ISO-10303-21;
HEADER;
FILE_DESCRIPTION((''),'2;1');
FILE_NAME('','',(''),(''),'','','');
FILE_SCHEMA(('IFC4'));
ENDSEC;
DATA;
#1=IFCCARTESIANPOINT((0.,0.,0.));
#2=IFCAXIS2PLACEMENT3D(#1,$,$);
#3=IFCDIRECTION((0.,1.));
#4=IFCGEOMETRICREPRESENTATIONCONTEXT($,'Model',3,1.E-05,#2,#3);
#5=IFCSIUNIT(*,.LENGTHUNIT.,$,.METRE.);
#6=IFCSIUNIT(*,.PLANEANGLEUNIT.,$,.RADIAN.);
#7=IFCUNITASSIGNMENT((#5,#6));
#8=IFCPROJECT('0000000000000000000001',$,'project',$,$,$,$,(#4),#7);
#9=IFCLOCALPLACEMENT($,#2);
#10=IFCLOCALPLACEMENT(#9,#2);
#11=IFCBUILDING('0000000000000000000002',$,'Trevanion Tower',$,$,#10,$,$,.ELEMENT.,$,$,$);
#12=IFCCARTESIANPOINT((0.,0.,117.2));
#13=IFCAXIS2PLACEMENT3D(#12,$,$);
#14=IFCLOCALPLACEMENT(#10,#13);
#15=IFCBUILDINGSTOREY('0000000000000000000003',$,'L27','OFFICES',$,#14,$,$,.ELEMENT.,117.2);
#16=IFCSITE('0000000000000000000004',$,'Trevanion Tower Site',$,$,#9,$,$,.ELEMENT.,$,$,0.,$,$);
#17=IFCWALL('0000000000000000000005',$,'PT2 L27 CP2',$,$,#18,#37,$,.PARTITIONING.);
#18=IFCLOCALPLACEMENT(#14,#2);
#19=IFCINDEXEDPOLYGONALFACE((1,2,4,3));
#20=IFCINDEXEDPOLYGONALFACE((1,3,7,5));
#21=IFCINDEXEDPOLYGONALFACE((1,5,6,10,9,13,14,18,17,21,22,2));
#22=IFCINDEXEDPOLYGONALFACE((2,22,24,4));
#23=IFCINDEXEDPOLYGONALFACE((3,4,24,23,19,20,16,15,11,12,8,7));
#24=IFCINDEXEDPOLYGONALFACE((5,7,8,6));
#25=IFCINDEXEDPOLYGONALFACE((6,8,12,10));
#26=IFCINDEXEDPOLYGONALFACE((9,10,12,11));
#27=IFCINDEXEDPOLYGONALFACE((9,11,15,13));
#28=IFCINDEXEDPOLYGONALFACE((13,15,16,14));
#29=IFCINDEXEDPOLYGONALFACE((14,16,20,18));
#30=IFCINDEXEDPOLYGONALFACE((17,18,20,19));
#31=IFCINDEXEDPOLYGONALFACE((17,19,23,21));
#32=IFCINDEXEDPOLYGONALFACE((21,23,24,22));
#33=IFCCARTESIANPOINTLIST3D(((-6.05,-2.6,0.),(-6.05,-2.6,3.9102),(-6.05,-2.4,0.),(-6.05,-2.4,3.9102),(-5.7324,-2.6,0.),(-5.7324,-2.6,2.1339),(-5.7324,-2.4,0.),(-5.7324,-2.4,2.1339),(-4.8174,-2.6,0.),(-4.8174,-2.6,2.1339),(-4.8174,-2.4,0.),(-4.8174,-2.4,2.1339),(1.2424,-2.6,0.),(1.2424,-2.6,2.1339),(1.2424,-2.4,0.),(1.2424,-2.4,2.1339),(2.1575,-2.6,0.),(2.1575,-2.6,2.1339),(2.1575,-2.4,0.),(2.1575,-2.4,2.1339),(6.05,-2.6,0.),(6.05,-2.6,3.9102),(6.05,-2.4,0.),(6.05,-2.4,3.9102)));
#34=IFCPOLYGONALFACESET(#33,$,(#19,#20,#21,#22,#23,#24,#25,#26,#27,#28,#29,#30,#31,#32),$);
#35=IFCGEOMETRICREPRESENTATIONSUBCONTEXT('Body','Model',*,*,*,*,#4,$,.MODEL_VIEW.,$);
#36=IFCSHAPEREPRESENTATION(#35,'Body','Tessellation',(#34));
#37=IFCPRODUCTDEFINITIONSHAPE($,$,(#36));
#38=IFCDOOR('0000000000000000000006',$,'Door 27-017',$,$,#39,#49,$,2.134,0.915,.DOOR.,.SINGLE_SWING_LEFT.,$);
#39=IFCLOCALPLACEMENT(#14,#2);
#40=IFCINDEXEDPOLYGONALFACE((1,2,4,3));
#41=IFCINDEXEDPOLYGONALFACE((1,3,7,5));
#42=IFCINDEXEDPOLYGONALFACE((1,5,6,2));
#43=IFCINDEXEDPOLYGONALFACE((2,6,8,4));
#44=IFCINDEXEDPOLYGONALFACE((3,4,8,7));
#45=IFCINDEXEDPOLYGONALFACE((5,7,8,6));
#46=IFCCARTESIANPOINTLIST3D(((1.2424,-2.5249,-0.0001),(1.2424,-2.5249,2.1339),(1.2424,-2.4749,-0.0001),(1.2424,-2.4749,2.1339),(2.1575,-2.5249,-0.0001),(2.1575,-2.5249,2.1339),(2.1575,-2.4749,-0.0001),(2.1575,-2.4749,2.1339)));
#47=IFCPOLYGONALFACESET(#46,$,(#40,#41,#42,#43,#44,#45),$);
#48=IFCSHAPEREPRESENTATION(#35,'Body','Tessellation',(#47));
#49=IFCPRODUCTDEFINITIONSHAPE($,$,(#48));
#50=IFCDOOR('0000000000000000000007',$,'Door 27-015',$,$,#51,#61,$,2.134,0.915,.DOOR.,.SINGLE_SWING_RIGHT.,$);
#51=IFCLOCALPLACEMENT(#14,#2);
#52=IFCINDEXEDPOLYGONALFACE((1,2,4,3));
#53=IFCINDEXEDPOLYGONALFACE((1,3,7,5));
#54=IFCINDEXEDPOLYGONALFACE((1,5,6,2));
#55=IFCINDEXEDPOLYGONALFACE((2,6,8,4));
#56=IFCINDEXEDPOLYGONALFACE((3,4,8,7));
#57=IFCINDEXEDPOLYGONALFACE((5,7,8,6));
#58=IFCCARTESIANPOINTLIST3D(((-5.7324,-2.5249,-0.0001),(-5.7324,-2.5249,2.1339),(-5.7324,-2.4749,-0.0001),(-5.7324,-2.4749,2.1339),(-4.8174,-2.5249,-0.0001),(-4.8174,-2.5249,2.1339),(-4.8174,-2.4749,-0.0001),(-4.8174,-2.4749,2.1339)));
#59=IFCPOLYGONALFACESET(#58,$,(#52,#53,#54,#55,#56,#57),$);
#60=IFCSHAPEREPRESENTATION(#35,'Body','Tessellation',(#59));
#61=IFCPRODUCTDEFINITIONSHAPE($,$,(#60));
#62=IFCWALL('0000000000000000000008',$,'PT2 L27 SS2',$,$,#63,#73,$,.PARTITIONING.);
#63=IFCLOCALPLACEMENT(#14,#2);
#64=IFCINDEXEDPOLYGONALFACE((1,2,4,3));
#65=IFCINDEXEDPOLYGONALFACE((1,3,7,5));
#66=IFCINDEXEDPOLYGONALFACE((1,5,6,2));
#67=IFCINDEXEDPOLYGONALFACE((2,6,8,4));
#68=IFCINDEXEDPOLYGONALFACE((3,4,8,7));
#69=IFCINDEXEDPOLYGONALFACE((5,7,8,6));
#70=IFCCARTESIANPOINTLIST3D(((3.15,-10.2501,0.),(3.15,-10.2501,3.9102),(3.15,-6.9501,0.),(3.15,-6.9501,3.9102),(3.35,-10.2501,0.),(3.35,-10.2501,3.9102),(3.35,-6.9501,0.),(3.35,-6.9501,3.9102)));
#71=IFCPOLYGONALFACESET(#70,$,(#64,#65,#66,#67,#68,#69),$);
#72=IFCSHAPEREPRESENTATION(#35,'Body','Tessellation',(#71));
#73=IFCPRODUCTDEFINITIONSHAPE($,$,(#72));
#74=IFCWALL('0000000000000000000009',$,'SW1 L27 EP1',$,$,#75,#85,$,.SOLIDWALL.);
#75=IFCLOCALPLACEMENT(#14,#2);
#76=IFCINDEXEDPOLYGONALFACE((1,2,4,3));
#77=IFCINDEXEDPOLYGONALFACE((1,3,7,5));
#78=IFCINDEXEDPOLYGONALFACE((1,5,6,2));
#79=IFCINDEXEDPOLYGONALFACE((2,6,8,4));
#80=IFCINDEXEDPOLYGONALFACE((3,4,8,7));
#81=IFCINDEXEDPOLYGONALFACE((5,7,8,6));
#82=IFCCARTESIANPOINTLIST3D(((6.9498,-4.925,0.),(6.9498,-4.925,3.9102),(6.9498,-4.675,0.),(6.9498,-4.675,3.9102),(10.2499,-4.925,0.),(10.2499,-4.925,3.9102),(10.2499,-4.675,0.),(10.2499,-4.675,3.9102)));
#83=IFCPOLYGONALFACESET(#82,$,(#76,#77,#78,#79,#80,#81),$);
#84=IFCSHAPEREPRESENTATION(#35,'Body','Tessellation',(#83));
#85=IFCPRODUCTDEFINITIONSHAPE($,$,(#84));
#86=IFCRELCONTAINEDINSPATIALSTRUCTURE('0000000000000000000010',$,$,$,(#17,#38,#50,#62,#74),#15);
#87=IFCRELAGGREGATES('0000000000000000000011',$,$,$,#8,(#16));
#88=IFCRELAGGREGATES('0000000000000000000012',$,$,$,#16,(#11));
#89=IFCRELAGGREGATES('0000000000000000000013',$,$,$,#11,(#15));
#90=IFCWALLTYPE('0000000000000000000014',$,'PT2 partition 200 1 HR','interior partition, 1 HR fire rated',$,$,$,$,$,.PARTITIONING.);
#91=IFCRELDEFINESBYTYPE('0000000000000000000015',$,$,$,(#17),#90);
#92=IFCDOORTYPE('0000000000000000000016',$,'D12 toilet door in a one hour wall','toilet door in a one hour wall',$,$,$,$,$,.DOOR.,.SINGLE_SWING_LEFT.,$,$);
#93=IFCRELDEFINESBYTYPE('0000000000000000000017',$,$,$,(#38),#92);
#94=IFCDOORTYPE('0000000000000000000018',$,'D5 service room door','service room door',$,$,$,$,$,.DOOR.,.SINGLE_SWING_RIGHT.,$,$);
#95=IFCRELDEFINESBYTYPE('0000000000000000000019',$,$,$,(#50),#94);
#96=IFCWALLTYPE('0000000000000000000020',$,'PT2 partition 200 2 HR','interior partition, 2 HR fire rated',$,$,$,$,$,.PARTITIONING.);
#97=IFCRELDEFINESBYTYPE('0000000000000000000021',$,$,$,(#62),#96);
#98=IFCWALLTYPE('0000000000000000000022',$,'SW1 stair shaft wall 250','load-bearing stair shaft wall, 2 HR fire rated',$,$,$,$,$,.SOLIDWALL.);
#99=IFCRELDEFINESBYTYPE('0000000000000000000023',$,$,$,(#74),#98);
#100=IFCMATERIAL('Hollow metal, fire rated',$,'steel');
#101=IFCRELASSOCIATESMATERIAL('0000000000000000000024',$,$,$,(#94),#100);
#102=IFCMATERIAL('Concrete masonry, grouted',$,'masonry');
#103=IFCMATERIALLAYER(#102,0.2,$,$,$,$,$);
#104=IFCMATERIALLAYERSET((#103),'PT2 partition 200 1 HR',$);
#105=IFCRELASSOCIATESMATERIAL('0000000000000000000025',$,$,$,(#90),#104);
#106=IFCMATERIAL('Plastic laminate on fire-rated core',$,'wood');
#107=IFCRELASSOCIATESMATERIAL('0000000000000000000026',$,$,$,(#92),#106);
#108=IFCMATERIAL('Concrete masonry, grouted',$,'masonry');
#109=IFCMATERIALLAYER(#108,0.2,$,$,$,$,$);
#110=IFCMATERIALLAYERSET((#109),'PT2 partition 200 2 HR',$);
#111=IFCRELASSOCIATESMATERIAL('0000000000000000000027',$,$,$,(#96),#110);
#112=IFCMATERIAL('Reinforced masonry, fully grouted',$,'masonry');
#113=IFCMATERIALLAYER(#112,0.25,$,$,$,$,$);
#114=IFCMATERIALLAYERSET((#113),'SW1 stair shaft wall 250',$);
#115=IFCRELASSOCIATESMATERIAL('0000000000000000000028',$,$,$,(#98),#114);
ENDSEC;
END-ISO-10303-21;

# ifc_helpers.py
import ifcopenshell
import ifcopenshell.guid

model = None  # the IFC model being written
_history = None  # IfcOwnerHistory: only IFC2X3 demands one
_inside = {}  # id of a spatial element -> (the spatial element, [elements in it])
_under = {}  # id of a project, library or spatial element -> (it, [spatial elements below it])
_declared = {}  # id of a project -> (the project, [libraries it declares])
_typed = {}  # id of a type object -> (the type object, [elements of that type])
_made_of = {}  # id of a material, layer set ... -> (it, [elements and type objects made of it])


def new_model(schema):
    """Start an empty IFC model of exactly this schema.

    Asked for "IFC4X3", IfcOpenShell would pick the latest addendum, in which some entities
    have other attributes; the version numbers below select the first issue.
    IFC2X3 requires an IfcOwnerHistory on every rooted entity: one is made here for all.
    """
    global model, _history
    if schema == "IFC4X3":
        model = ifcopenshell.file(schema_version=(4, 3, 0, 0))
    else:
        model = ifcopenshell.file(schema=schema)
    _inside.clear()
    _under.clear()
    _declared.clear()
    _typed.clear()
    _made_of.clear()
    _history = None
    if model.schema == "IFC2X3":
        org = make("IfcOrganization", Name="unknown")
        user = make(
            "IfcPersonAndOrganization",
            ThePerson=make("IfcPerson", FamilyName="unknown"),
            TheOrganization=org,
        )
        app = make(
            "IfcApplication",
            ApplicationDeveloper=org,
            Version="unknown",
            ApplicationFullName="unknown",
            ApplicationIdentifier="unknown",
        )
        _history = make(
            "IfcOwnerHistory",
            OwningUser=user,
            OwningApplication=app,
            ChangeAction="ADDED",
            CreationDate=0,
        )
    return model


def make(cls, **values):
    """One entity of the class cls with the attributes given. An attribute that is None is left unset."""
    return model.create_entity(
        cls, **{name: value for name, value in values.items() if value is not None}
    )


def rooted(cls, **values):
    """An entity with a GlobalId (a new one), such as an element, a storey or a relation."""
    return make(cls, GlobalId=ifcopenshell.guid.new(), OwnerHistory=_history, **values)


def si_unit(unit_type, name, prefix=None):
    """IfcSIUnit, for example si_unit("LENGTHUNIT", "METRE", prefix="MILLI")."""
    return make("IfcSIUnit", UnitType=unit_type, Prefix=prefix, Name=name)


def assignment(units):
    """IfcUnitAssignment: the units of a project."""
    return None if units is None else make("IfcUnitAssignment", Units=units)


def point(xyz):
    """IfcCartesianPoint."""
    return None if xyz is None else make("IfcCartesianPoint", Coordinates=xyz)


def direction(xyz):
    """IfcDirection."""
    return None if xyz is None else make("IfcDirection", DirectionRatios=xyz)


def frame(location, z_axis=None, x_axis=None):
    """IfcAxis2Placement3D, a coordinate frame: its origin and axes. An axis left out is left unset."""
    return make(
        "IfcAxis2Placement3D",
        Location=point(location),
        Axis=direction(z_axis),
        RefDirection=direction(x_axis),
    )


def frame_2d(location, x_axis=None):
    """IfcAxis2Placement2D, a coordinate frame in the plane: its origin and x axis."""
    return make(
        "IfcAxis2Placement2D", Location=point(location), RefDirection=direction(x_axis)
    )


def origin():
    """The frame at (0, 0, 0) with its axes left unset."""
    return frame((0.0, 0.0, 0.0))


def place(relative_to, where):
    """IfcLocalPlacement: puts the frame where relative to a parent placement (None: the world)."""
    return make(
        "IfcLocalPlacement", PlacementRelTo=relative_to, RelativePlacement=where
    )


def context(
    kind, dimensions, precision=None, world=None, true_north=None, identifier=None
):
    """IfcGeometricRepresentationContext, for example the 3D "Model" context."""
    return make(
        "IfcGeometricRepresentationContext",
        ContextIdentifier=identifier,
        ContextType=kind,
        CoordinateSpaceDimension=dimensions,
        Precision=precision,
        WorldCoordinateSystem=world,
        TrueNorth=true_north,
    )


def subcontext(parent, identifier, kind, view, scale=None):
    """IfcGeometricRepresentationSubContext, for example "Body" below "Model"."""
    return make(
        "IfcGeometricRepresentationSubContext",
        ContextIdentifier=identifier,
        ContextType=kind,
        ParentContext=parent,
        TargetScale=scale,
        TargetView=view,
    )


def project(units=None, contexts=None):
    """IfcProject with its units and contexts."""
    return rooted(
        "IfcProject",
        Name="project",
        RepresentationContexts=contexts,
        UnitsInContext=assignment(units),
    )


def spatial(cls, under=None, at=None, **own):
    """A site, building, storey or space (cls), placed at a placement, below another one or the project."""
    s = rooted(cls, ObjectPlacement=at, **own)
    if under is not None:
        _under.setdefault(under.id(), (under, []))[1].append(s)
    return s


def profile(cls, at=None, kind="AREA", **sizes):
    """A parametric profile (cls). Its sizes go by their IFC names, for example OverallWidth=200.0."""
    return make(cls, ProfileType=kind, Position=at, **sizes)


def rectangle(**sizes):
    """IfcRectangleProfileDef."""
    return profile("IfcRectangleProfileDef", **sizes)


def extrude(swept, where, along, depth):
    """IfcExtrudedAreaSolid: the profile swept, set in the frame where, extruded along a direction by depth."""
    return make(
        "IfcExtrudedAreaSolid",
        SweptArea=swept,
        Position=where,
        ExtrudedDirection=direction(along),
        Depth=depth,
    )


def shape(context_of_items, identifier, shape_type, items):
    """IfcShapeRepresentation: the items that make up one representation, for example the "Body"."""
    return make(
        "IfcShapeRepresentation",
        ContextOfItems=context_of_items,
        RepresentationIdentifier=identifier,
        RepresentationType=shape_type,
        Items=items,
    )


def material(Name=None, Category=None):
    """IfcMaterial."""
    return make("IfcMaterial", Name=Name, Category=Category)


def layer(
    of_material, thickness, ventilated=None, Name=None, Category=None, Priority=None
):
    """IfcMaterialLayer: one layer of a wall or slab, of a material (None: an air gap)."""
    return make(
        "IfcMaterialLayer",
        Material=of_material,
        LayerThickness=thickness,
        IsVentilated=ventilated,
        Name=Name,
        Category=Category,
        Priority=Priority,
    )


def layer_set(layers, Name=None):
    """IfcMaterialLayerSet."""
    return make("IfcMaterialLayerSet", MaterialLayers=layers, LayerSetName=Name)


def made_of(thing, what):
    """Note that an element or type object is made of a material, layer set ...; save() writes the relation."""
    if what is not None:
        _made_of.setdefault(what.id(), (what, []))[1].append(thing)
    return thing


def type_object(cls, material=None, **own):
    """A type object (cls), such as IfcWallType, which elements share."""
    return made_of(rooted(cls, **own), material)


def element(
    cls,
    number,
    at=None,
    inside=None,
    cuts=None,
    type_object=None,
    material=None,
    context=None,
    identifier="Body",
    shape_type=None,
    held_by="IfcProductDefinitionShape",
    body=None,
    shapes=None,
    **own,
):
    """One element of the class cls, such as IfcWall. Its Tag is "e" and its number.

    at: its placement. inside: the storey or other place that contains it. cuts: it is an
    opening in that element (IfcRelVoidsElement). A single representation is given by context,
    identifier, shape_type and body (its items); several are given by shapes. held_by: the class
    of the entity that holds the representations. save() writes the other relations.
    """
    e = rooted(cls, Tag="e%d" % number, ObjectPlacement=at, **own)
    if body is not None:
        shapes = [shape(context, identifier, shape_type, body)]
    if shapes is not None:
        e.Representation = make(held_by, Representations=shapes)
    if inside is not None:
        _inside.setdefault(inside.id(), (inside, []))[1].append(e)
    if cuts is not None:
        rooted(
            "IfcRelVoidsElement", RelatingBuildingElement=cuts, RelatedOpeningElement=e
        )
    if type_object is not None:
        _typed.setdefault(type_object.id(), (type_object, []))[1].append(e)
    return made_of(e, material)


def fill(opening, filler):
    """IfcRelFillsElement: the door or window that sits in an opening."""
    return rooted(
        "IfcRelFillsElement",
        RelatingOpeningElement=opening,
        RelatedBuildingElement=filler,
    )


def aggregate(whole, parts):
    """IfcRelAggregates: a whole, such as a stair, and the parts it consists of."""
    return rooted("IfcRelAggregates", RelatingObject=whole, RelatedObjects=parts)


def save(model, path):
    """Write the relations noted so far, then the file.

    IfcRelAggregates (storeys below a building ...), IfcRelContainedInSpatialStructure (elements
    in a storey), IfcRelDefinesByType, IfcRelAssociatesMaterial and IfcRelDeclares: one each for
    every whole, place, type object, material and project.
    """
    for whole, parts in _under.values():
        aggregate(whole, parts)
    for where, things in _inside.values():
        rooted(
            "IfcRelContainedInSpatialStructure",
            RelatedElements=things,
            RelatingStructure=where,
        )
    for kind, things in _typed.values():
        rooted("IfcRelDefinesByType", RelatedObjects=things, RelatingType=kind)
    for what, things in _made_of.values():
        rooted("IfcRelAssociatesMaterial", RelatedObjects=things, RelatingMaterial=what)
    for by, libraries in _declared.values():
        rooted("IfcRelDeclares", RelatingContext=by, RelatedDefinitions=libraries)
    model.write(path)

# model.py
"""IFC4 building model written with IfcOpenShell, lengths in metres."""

from ifc_helpers import new_model, si_unit, direction, frame, frame_2d, origin, place, context, subcontext, project, spatial, rectangle, extrude, material, layer, layer_set, type_object, element, fill, save


model = new_model("IFC4")

# Units and contexts
model_context = context("Model", 3, precision=1e-05, world=origin(), true_north=direction((0.0, 1.0)))
body_context = subcontext(model_context, "Body", "Model", "MODEL_VIEW")
ifc_project = project(units=[si_unit("LENGTHUNIT", "METRE"), si_unit("PLANEANGLEUNIT", "RADIAN")], contexts=[model_context])

# Site, building, storey
site_placement = place(None, origin())
site = spatial("IfcSite", under=ifc_project, at=site_placement, Name="Trevanion Tower Site", CompositionType="ELEMENT", RefElevation=0.0)
building_placement = place(site_placement, origin())
building = spatial("IfcBuilding", under=site, at=building_placement, Name="Trevanion Tower", CompositionType="ELEMENT")
storey_placement = place(building_placement, frame((0.0, 0.0, 117.2)))
storey = spatial("IfcBuildingStorey", under=building, at=storey_placement, Name="L27", Description="OFFICES", CompositionType="ELEMENT", Elevation=117.2)

# Shared definitions
ifc_material_1 = material(Name="Hollow metal, fire rated", Category="steel")
door_type_1 = type_object("IfcDoorType", Name="D5 service room door", Description="service room door", OperationType="SINGLE_SWING_RIGHT", PredefinedType="DOOR", material=ifc_material_1)

# Wall, openings, doors
ifc_material_2 = material(Name="Concrete masonry, grouted", Category="masonry")
ifc_layer_1 = layer(ifc_material_2, 0.2)
ifc_layer_set_1 = layer_set([ifc_layer_1], Name="PT2 partition 200 1 HR")
wall_type_1 = type_object("IfcWallType", Name="PT2 partition 200 1 HR", Description="interior partition, 1 HR fire rated", PredefinedType="PARTITIONING", material=ifc_layer_set_1)
wall_1_placement = place(storey_placement, frame((6.05, -2.5, 0.0), z_axis=(0.0, 0.0, 1.0), x_axis=(-1.0, 0.0, 0.0)))
wall_1 = element("IfcWall", 1, at=wall_1_placement, inside=storey, type_object=wall_type_1, Name="PT2 L27 CP2", PredefinedType="PARTITIONING", context=body_context, shape_type="SweptSolid", body=[
    extrude(rectangle(XDim=12.1001, YDim=0.2, at=frame_2d((6.05, 0.0))), origin(), (0.0, 0.0, 1.0), 3.9102),
])
opening_1_placement = place(wall_1_placement, frame((10.8674, 0.0, 0.0)))
opening_1 = element("IfcOpeningElement", 2, at=opening_1_placement, cuts=wall_1, PredefinedType="OPENING", context=body_context, shape_type="SweptSolid", body=[
    extrude(rectangle(XDim=0.915, YDim=2.134, at=frame_2d((0.4575, 1.0669))), frame((0.0, 0.1099, 0.0), z_axis=(0.0, -1.0, 0.0), x_axis=(1.0, 0.0, 0.0)), (0.0, 0.0, 1.0), 0.22),
])
opening_2_placement = place(wall_1_placement, frame((3.8926, 0.0, 0.0)))
opening_2 = element("IfcOpeningElement", 3, at=opening_2_placement, cuts=wall_1, PredefinedType="OPENING", context=body_context, shape_type="SweptSolid", body=[
    extrude(rectangle(XDim=0.915, YDim=2.134, at=frame_2d((0.4575, 1.0669))), frame((0.0, 0.1099, 0.0), z_axis=(0.0, -1.0, 0.0), x_axis=(1.0, 0.0, 0.0)), (0.0, 0.0, 1.0), 0.22),
])
ifc_material_3 = material(Name="Plastic laminate on fire-rated core", Category="wood")
door_type_2 = type_object("IfcDoorType", Name="D12 toilet door in a one hour wall", Description="toilet door in a one hour wall", OperationType="SINGLE_SWING_LEFT", PredefinedType="DOOR", material=ifc_material_3)
door_1_placement = place(opening_2_placement, origin())
door_1 = element("IfcDoor", 4, at=door_1_placement, inside=storey, type_object=door_type_2, Name="Door 27-017", OperationType="SINGLE_SWING_LEFT", OverallHeight=2.134, OverallWidth=0.915, PredefinedType="DOOR", context=body_context, shape_type="SweptSolid", body=[
    extrude(rectangle(XDim=0.915, YDim=2.134, at=frame_2d((0.4575, 1.0669))), frame((0.0, 0.0249, 0.0), z_axis=(0.0, -1.0, 0.0), x_axis=(1.0, 0.0, 0.0)), (0.0, 0.0, 1.0), 0.05),
])
fill(opening_2, door_1)
door_2_placement = place(opening_1_placement, origin())
door_2 = element("IfcDoor", 5, at=door_2_placement, inside=storey, type_object=door_type_1, Name="Door 27-015", OperationType="SINGLE_SWING_RIGHT", OverallHeight=2.134, OverallWidth=0.915, PredefinedType="DOOR", context=body_context, shape_type="SweptSolid", body=[
    extrude(rectangle(XDim=0.915, YDim=2.134, at=frame_2d((0.4575, 1.0669))), frame((0.0, 0.0249, 0.0), z_axis=(0.0, -1.0, 0.0), x_axis=(1.0, 0.0, 0.0)), (0.0, 0.0, 1.0), 0.05),
])
fill(opening_1, door_2)

# Walls
ifc_material_4 = material(Name="Concrete masonry, grouted", Category="masonry")
ifc_layer_2 = layer(ifc_material_4, 0.2)
ifc_layer_set_2 = layer_set([ifc_layer_2], Name="PT2 partition 200 2 HR")
wall_type_2 = type_object("IfcWallType", Name="PT2 partition 200 2 HR", Description="interior partition, 2 HR fire rated", PredefinedType="PARTITIONING", material=ifc_layer_set_2)
wall_2_placement = place(storey_placement, frame((3.25, -10.25, 0.0), z_axis=(0.0, 0.0, 1.0), x_axis=(0.0, 1.0, 0.0)))
element("IfcWall", 6, at=wall_2_placement, inside=storey, type_object=wall_type_2, Name="PT2 L27 SS2", PredefinedType="PARTITIONING", context=body_context, shape_type="SweptSolid", body=[
    extrude(rectangle(XDim=3.3, YDim=0.2, at=frame_2d((1.6499, 0.0))), origin(), (0.0, 0.0, 1.0), 3.9102),
])
ifc_material_5 = material(Name="Reinforced masonry, fully grouted", Category="masonry")
ifc_layer_3 = layer(ifc_material_5, 0.25)
ifc_layer_set_3 = layer_set([ifc_layer_3], Name="SW1 stair shaft wall 250")
wall_type_3 = type_object("IfcWallType", Name="SW1 stair shaft wall 250", Description="load-bearing stair shaft wall, 2 HR fire rated", PredefinedType="SOLIDWALL", material=ifc_layer_set_3)
wall_3_placement = place(storey_placement, frame((6.95, -4.8, 0.0), z_axis=(0.0, 0.0, 1.0), x_axis=(1.0, 0.0, 0.0)))
element("IfcWall", 7, at=wall_3_placement, inside=storey, type_object=wall_type_3, Name="SW1 L27 EP1", PredefinedType="SOLIDWALL", context=body_context, shape_type="SweptSolid", body=[
    extrude(rectangle(XDim=3.3, YDim=0.25, at=frame_2d((1.6499, 0.0))), origin(), (0.0, 0.0, 1.0), 3.9102),
])

save(model, "model.ifc")
